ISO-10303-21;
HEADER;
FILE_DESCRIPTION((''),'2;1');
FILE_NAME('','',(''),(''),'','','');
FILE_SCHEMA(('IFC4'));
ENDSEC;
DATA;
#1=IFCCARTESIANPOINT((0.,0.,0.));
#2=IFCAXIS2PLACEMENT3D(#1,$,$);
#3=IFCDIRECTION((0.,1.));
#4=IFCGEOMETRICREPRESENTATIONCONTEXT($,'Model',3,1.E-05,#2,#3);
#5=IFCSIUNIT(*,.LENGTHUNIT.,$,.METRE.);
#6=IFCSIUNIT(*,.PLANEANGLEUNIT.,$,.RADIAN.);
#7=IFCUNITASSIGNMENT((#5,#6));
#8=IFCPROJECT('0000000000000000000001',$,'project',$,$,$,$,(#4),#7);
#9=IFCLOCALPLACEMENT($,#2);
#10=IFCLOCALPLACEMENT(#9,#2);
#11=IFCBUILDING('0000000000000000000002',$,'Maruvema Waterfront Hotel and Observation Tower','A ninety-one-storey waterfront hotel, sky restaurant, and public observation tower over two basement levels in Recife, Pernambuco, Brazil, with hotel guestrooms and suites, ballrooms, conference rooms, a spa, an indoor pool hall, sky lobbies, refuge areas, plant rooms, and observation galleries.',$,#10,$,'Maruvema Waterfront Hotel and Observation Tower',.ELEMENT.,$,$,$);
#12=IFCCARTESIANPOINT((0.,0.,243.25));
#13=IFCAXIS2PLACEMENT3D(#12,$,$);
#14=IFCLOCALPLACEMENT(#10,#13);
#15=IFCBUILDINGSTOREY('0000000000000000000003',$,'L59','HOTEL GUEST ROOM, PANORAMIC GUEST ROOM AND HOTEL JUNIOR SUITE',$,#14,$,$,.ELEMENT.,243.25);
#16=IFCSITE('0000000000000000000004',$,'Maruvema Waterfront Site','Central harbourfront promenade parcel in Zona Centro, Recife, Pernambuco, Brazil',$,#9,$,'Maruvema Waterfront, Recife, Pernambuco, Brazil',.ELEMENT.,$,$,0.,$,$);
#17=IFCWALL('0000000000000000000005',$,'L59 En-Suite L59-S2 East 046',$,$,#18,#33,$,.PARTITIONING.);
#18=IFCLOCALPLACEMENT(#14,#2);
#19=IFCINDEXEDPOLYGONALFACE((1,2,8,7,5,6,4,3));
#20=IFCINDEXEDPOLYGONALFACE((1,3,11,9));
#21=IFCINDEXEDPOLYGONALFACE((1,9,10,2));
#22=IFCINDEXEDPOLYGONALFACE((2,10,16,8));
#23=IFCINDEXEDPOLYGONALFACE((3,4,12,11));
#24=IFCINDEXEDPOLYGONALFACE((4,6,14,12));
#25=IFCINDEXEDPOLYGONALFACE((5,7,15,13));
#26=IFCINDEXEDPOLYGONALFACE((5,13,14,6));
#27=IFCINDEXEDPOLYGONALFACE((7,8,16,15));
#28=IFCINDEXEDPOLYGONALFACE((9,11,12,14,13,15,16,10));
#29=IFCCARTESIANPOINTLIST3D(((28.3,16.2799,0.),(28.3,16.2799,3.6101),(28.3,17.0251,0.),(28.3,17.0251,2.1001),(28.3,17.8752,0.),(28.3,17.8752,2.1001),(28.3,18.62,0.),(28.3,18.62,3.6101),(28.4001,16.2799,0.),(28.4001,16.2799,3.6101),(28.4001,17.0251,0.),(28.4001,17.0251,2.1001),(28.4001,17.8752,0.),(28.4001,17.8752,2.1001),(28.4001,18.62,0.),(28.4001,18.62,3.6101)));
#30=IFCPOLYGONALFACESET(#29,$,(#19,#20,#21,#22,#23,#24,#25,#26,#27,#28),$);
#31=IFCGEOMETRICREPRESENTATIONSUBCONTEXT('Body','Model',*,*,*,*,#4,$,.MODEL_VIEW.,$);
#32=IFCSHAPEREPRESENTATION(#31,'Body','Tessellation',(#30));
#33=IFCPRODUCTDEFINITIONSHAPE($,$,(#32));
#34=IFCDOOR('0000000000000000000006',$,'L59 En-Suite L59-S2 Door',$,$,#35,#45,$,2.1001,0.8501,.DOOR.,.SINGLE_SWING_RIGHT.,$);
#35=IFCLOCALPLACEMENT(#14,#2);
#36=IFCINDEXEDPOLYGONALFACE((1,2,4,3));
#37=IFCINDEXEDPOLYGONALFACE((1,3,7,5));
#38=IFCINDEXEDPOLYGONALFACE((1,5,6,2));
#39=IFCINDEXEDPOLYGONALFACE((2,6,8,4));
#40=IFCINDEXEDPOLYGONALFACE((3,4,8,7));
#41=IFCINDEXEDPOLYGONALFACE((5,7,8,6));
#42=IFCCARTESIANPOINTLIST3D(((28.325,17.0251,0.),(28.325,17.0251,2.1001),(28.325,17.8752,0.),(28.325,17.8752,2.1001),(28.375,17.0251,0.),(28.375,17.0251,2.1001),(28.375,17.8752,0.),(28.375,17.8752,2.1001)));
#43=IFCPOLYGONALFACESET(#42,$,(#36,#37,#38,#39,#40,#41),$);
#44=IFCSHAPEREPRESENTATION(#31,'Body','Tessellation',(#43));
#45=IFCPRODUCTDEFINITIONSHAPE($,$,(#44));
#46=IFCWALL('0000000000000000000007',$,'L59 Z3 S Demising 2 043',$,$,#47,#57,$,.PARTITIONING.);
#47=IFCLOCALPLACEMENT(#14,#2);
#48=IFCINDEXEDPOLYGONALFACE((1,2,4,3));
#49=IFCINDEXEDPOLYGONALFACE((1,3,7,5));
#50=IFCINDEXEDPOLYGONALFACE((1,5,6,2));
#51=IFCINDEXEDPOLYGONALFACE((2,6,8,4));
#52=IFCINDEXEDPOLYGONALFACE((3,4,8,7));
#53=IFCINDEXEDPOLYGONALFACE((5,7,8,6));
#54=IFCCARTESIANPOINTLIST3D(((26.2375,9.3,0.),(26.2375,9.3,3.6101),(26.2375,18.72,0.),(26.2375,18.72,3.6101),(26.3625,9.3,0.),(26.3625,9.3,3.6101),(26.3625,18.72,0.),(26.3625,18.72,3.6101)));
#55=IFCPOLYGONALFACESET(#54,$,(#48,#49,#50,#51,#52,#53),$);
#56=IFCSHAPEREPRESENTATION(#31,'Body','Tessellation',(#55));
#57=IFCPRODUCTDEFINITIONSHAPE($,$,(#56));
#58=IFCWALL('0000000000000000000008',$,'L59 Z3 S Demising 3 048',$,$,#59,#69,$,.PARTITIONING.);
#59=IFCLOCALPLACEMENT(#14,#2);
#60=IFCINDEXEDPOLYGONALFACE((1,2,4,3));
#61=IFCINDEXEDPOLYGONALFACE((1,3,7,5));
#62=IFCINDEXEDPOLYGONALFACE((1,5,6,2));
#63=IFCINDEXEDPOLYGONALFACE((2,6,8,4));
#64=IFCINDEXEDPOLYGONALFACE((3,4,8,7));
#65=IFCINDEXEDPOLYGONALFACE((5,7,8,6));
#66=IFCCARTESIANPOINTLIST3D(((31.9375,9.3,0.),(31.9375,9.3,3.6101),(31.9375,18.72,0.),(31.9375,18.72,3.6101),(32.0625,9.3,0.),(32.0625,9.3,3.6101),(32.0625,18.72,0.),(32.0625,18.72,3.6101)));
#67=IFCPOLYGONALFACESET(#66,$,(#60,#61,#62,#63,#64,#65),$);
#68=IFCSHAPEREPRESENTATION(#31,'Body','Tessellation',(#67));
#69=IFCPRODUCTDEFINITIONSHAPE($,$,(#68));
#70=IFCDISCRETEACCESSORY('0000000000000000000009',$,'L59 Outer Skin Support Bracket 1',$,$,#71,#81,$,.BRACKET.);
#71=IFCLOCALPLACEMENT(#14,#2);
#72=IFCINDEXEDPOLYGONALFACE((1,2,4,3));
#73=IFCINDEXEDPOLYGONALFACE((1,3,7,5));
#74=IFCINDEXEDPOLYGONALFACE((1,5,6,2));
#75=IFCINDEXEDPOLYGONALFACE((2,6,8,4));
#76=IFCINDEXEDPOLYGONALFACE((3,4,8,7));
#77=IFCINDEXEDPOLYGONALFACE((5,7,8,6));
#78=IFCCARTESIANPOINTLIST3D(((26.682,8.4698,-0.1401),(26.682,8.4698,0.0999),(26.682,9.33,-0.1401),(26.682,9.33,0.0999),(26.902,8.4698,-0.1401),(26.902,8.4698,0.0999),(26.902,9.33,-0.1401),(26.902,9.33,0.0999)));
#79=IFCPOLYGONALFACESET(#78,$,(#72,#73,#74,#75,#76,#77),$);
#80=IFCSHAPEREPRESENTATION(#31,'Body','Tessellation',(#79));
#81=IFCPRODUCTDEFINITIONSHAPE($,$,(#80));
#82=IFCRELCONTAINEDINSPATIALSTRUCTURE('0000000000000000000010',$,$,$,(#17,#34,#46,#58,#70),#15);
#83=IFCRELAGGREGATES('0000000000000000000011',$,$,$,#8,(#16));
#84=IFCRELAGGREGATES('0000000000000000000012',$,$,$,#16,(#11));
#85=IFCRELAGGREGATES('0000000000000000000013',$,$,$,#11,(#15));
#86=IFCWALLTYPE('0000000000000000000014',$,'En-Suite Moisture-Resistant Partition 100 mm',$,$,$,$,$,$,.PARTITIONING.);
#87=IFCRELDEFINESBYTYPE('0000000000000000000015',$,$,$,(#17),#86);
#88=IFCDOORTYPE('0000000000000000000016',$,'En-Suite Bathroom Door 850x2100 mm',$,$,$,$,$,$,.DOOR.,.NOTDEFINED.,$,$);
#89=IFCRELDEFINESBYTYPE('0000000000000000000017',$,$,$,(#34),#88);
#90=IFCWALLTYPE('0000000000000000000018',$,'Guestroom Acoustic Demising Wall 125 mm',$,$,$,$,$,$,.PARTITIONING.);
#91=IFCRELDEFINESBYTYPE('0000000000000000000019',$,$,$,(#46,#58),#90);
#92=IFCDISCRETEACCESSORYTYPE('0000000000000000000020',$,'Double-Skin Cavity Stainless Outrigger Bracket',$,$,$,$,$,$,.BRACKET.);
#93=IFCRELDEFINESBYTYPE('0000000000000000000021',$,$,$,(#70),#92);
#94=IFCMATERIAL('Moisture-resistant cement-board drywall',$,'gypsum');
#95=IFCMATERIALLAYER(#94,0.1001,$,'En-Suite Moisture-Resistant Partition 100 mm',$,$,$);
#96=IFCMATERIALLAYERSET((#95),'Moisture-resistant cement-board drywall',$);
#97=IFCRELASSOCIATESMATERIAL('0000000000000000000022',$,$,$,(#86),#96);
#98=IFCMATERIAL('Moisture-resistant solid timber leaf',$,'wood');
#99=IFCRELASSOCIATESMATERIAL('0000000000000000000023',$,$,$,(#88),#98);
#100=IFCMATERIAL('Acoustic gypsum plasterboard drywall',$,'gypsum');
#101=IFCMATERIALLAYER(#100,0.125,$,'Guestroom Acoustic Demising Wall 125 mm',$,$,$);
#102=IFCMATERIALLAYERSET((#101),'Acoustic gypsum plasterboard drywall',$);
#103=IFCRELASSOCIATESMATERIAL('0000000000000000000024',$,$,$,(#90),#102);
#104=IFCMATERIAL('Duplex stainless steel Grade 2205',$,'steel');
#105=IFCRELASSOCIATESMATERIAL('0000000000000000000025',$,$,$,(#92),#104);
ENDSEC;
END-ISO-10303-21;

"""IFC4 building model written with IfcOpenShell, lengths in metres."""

from ifc_helpers import new_model, si_unit, direction, frame, frame_2d, origin, origin_2d, place, context, subcontext, project, spatial, rectangle, extrude, material, layer, layer_set, type_object, element, fill, save


model = new_model("IFC4")

# Units and contexts
model_context = context("Model", 3, precision=1e-05, world=origin(), true_north=direction((0.0, 1.0)))
body_context = subcontext(model_context, "Body", "Model", "MODEL_VIEW")
ifc_project = project(units=[si_unit("LENGTHUNIT", "METRE"), si_unit("PLANEANGLEUNIT", "RADIAN")], contexts=[model_context])

# Site, building, storey
site_placement = place(None, origin())
site = spatial("IfcSite", under=ifc_project, at=site_placement, Name="Maruvema Waterfront Site", Description="Central harbourfront promenade parcel in Zona Centro, Recife, Pernambuco, Brazil", LongName="Maruvema Waterfront, Recife, Pernambuco, Brazil", CompositionType="ELEMENT", RefElevation=0.0)
building_placement = place(site_placement, origin())
building = spatial("IfcBuilding", under=site, at=building_placement, Name="Maruvema Waterfront Hotel and Observation Tower", Description="A ninety-one-storey waterfront hotel, sky restaurant, and public observation tower over two basement levels in Recife, Pernambuco, Brazil, with hotel guestrooms and suites, ballrooms, conference rooms, a spa, an indoor pool hall, sky lobbies, refuge areas, plant rooms, and observation galleries.", LongName="Maruvema Waterfront Hotel and Observation Tower", CompositionType="ELEMENT")
storey_placement = place(building_placement, frame((0.0, 0.0, 243.25)))
storey = spatial("IfcBuildingStorey", under=building, at=storey_placement, Name="L59", Description="HOTEL GUEST ROOM, PANORAMIC GUEST ROOM AND HOTEL JUNIOR SUITE", CompositionType="ELEMENT", Elevation=243.25)

# Shared definitions
ifc_material_1 = material(Name="Moisture-resistant cement-board drywall", Category="gypsum")
ifc_layer_1 = layer(ifc_material_1, 0.1001, Name="En-Suite Moisture-Resistant Partition 100 mm")
ifc_layer_set_1 = layer_set([ifc_layer_1], Name="Moisture-resistant cement-board drywall")
wall_type_1 = type_object("IfcWallType", Name="En-Suite Moisture-Resistant Partition 100 mm", PredefinedType="PARTITIONING", material=ifc_layer_set_1)

# Wall, opening, door
wall_1_placement = place(storey_placement, frame((28.3501, 16.28, 0.0), z_axis=(0.0, 0.0, 1.0), x_axis=(0.0, 1.0, 0.0)))
wall_1 = element("IfcWall", 1, at=wall_1_placement, inside=storey, type_object=wall_type_1, Name="L59 En-Suite L59-S2 East 046", PredefinedType="PARTITIONING", context=body_context, shape_type="SweptSolid", body=[
    extrude(rectangle(XDim=2.3401, YDim=0.1001, at=frame_2d((1.1699, 0.0))), origin(), (0.0, 0.0, 1.0), 3.6101),
])
opening_placement = place(wall_1_placement, frame((0.7451, 0.0, 0.0)))
opening = element("IfcOpeningElement", 2, at=opening_placement, cuts=wall_1, PredefinedType="OPENING", context=body_context, shape_type="SweptSolid", body=[
    extrude(rectangle(XDim=0.8501, YDim=2.1001, at=frame_2d((0.425, 1.05))), frame((0.0, 0.0601, 0.0), z_axis=(0.0, -1.0, 0.0), x_axis=(1.0, 0.0, 0.0)), (0.0, 0.0, 1.0), 0.1201),
])
ifc_material_2 = material(Name="Moisture-resistant solid timber leaf", Category="wood")
door_type = type_object("IfcDoorType", Name="En-Suite Bathroom Door 850x2100 mm", OperationType="NOTDEFINED", PredefinedType="DOOR", material=ifc_material_2)
door_placement = place(opening_placement, frame((0.8501, 0.0, 0.0), z_axis=(0.0, 0.0, 1.0), x_axis=(-1.0, 0.0, 0.0)))
door = element("IfcDoor", 3, at=door_placement, inside=storey, type_object=door_type, Name="L59 En-Suite L59-S2 Door", OperationType="SINGLE_SWING_RIGHT", OverallHeight=2.1001, OverallWidth=0.8501, PredefinedType="DOOR", context=body_context, shape_type="SweptSolid", body=[
    extrude(rectangle(XDim=0.8501, YDim=2.1001, at=frame_2d((0.425, 1.05))), frame((0.0, 0.0249, 0.0), z_axis=(0.0, -1.0, 0.0), x_axis=(1.0, 0.0, 0.0)), (0.0, 0.0, 1.0), 0.05),
])
fill(opening, door)

# Walls
ifc_material_3 = material(Name="Acoustic gypsum plasterboard drywall", Category="gypsum")
ifc_layer_2 = layer(ifc_material_3, 0.125, Name="Guestroom Acoustic Demising Wall 125 mm")
ifc_layer_set_2 = layer_set([ifc_layer_2], Name="Acoustic gypsum plasterboard drywall")
wall_type_2 = type_object("IfcWallType", Name="Guestroom Acoustic Demising Wall 125 mm", PredefinedType="PARTITIONING", material=ifc_layer_set_2)
for number, where, z_axis, x_axis, name in (
    (4, (26.3, 9.3, 0.0), (0.0, 0.0, 1.0), (0.0, 1.0, 0.0), "L59 Z3 S Demising 2 043"),
    (5, (32.0, 9.3, 0.0), (0.0, 0.0, 1.0), (0.0, 1.0, 0.0), "L59 Z3 S Demising 3 048"),
):
    element("IfcWall", number, at=place(storey_placement, frame(where, z_axis=z_axis, x_axis=x_axis)), inside=storey, type_object=wall_type_2, Name=name, PredefinedType="PARTITIONING", context=body_context, shape_type="SweptSolid", body=[
        extrude(rectangle(XDim=9.4199, YDim=0.125, at=frame_2d((4.71, 0.0))), origin(), (0.0, 0.0, 1.0), 3.6101),
    ])

# Discrete accessory
ifc_material_4 = material(Name="Duplex stainless steel Grade 2205", Category="steel")
discrete_accessory_type = type_object("IfcDiscreteAccessoryType", Name="Double-Skin Cavity Stainless Outrigger Bracket", PredefinedType="BRACKET", material=ifc_material_4)
discrete_accessory_placement = place(storey_placement, frame((26.792, 8.8999, -0.1401), z_axis=(0.0, 0.0, 1.0), x_axis=(1.0, 0.0, 0.0)))
element("IfcDiscreteAccessory", 6, at=discrete_accessory_placement, inside=storey, type_object=discrete_accessory_type, Name="L59 Outer Skin Support Bracket 1", PredefinedType="BRACKET", context=body_context, shape_type="SweptSolid", body=[
    extrude(rectangle(XDim=0.22, YDim=0.8601, at=origin_2d()), origin(), (0.0, 0.0, 1.0), 0.24),
])

save(model, "model.ifc")
